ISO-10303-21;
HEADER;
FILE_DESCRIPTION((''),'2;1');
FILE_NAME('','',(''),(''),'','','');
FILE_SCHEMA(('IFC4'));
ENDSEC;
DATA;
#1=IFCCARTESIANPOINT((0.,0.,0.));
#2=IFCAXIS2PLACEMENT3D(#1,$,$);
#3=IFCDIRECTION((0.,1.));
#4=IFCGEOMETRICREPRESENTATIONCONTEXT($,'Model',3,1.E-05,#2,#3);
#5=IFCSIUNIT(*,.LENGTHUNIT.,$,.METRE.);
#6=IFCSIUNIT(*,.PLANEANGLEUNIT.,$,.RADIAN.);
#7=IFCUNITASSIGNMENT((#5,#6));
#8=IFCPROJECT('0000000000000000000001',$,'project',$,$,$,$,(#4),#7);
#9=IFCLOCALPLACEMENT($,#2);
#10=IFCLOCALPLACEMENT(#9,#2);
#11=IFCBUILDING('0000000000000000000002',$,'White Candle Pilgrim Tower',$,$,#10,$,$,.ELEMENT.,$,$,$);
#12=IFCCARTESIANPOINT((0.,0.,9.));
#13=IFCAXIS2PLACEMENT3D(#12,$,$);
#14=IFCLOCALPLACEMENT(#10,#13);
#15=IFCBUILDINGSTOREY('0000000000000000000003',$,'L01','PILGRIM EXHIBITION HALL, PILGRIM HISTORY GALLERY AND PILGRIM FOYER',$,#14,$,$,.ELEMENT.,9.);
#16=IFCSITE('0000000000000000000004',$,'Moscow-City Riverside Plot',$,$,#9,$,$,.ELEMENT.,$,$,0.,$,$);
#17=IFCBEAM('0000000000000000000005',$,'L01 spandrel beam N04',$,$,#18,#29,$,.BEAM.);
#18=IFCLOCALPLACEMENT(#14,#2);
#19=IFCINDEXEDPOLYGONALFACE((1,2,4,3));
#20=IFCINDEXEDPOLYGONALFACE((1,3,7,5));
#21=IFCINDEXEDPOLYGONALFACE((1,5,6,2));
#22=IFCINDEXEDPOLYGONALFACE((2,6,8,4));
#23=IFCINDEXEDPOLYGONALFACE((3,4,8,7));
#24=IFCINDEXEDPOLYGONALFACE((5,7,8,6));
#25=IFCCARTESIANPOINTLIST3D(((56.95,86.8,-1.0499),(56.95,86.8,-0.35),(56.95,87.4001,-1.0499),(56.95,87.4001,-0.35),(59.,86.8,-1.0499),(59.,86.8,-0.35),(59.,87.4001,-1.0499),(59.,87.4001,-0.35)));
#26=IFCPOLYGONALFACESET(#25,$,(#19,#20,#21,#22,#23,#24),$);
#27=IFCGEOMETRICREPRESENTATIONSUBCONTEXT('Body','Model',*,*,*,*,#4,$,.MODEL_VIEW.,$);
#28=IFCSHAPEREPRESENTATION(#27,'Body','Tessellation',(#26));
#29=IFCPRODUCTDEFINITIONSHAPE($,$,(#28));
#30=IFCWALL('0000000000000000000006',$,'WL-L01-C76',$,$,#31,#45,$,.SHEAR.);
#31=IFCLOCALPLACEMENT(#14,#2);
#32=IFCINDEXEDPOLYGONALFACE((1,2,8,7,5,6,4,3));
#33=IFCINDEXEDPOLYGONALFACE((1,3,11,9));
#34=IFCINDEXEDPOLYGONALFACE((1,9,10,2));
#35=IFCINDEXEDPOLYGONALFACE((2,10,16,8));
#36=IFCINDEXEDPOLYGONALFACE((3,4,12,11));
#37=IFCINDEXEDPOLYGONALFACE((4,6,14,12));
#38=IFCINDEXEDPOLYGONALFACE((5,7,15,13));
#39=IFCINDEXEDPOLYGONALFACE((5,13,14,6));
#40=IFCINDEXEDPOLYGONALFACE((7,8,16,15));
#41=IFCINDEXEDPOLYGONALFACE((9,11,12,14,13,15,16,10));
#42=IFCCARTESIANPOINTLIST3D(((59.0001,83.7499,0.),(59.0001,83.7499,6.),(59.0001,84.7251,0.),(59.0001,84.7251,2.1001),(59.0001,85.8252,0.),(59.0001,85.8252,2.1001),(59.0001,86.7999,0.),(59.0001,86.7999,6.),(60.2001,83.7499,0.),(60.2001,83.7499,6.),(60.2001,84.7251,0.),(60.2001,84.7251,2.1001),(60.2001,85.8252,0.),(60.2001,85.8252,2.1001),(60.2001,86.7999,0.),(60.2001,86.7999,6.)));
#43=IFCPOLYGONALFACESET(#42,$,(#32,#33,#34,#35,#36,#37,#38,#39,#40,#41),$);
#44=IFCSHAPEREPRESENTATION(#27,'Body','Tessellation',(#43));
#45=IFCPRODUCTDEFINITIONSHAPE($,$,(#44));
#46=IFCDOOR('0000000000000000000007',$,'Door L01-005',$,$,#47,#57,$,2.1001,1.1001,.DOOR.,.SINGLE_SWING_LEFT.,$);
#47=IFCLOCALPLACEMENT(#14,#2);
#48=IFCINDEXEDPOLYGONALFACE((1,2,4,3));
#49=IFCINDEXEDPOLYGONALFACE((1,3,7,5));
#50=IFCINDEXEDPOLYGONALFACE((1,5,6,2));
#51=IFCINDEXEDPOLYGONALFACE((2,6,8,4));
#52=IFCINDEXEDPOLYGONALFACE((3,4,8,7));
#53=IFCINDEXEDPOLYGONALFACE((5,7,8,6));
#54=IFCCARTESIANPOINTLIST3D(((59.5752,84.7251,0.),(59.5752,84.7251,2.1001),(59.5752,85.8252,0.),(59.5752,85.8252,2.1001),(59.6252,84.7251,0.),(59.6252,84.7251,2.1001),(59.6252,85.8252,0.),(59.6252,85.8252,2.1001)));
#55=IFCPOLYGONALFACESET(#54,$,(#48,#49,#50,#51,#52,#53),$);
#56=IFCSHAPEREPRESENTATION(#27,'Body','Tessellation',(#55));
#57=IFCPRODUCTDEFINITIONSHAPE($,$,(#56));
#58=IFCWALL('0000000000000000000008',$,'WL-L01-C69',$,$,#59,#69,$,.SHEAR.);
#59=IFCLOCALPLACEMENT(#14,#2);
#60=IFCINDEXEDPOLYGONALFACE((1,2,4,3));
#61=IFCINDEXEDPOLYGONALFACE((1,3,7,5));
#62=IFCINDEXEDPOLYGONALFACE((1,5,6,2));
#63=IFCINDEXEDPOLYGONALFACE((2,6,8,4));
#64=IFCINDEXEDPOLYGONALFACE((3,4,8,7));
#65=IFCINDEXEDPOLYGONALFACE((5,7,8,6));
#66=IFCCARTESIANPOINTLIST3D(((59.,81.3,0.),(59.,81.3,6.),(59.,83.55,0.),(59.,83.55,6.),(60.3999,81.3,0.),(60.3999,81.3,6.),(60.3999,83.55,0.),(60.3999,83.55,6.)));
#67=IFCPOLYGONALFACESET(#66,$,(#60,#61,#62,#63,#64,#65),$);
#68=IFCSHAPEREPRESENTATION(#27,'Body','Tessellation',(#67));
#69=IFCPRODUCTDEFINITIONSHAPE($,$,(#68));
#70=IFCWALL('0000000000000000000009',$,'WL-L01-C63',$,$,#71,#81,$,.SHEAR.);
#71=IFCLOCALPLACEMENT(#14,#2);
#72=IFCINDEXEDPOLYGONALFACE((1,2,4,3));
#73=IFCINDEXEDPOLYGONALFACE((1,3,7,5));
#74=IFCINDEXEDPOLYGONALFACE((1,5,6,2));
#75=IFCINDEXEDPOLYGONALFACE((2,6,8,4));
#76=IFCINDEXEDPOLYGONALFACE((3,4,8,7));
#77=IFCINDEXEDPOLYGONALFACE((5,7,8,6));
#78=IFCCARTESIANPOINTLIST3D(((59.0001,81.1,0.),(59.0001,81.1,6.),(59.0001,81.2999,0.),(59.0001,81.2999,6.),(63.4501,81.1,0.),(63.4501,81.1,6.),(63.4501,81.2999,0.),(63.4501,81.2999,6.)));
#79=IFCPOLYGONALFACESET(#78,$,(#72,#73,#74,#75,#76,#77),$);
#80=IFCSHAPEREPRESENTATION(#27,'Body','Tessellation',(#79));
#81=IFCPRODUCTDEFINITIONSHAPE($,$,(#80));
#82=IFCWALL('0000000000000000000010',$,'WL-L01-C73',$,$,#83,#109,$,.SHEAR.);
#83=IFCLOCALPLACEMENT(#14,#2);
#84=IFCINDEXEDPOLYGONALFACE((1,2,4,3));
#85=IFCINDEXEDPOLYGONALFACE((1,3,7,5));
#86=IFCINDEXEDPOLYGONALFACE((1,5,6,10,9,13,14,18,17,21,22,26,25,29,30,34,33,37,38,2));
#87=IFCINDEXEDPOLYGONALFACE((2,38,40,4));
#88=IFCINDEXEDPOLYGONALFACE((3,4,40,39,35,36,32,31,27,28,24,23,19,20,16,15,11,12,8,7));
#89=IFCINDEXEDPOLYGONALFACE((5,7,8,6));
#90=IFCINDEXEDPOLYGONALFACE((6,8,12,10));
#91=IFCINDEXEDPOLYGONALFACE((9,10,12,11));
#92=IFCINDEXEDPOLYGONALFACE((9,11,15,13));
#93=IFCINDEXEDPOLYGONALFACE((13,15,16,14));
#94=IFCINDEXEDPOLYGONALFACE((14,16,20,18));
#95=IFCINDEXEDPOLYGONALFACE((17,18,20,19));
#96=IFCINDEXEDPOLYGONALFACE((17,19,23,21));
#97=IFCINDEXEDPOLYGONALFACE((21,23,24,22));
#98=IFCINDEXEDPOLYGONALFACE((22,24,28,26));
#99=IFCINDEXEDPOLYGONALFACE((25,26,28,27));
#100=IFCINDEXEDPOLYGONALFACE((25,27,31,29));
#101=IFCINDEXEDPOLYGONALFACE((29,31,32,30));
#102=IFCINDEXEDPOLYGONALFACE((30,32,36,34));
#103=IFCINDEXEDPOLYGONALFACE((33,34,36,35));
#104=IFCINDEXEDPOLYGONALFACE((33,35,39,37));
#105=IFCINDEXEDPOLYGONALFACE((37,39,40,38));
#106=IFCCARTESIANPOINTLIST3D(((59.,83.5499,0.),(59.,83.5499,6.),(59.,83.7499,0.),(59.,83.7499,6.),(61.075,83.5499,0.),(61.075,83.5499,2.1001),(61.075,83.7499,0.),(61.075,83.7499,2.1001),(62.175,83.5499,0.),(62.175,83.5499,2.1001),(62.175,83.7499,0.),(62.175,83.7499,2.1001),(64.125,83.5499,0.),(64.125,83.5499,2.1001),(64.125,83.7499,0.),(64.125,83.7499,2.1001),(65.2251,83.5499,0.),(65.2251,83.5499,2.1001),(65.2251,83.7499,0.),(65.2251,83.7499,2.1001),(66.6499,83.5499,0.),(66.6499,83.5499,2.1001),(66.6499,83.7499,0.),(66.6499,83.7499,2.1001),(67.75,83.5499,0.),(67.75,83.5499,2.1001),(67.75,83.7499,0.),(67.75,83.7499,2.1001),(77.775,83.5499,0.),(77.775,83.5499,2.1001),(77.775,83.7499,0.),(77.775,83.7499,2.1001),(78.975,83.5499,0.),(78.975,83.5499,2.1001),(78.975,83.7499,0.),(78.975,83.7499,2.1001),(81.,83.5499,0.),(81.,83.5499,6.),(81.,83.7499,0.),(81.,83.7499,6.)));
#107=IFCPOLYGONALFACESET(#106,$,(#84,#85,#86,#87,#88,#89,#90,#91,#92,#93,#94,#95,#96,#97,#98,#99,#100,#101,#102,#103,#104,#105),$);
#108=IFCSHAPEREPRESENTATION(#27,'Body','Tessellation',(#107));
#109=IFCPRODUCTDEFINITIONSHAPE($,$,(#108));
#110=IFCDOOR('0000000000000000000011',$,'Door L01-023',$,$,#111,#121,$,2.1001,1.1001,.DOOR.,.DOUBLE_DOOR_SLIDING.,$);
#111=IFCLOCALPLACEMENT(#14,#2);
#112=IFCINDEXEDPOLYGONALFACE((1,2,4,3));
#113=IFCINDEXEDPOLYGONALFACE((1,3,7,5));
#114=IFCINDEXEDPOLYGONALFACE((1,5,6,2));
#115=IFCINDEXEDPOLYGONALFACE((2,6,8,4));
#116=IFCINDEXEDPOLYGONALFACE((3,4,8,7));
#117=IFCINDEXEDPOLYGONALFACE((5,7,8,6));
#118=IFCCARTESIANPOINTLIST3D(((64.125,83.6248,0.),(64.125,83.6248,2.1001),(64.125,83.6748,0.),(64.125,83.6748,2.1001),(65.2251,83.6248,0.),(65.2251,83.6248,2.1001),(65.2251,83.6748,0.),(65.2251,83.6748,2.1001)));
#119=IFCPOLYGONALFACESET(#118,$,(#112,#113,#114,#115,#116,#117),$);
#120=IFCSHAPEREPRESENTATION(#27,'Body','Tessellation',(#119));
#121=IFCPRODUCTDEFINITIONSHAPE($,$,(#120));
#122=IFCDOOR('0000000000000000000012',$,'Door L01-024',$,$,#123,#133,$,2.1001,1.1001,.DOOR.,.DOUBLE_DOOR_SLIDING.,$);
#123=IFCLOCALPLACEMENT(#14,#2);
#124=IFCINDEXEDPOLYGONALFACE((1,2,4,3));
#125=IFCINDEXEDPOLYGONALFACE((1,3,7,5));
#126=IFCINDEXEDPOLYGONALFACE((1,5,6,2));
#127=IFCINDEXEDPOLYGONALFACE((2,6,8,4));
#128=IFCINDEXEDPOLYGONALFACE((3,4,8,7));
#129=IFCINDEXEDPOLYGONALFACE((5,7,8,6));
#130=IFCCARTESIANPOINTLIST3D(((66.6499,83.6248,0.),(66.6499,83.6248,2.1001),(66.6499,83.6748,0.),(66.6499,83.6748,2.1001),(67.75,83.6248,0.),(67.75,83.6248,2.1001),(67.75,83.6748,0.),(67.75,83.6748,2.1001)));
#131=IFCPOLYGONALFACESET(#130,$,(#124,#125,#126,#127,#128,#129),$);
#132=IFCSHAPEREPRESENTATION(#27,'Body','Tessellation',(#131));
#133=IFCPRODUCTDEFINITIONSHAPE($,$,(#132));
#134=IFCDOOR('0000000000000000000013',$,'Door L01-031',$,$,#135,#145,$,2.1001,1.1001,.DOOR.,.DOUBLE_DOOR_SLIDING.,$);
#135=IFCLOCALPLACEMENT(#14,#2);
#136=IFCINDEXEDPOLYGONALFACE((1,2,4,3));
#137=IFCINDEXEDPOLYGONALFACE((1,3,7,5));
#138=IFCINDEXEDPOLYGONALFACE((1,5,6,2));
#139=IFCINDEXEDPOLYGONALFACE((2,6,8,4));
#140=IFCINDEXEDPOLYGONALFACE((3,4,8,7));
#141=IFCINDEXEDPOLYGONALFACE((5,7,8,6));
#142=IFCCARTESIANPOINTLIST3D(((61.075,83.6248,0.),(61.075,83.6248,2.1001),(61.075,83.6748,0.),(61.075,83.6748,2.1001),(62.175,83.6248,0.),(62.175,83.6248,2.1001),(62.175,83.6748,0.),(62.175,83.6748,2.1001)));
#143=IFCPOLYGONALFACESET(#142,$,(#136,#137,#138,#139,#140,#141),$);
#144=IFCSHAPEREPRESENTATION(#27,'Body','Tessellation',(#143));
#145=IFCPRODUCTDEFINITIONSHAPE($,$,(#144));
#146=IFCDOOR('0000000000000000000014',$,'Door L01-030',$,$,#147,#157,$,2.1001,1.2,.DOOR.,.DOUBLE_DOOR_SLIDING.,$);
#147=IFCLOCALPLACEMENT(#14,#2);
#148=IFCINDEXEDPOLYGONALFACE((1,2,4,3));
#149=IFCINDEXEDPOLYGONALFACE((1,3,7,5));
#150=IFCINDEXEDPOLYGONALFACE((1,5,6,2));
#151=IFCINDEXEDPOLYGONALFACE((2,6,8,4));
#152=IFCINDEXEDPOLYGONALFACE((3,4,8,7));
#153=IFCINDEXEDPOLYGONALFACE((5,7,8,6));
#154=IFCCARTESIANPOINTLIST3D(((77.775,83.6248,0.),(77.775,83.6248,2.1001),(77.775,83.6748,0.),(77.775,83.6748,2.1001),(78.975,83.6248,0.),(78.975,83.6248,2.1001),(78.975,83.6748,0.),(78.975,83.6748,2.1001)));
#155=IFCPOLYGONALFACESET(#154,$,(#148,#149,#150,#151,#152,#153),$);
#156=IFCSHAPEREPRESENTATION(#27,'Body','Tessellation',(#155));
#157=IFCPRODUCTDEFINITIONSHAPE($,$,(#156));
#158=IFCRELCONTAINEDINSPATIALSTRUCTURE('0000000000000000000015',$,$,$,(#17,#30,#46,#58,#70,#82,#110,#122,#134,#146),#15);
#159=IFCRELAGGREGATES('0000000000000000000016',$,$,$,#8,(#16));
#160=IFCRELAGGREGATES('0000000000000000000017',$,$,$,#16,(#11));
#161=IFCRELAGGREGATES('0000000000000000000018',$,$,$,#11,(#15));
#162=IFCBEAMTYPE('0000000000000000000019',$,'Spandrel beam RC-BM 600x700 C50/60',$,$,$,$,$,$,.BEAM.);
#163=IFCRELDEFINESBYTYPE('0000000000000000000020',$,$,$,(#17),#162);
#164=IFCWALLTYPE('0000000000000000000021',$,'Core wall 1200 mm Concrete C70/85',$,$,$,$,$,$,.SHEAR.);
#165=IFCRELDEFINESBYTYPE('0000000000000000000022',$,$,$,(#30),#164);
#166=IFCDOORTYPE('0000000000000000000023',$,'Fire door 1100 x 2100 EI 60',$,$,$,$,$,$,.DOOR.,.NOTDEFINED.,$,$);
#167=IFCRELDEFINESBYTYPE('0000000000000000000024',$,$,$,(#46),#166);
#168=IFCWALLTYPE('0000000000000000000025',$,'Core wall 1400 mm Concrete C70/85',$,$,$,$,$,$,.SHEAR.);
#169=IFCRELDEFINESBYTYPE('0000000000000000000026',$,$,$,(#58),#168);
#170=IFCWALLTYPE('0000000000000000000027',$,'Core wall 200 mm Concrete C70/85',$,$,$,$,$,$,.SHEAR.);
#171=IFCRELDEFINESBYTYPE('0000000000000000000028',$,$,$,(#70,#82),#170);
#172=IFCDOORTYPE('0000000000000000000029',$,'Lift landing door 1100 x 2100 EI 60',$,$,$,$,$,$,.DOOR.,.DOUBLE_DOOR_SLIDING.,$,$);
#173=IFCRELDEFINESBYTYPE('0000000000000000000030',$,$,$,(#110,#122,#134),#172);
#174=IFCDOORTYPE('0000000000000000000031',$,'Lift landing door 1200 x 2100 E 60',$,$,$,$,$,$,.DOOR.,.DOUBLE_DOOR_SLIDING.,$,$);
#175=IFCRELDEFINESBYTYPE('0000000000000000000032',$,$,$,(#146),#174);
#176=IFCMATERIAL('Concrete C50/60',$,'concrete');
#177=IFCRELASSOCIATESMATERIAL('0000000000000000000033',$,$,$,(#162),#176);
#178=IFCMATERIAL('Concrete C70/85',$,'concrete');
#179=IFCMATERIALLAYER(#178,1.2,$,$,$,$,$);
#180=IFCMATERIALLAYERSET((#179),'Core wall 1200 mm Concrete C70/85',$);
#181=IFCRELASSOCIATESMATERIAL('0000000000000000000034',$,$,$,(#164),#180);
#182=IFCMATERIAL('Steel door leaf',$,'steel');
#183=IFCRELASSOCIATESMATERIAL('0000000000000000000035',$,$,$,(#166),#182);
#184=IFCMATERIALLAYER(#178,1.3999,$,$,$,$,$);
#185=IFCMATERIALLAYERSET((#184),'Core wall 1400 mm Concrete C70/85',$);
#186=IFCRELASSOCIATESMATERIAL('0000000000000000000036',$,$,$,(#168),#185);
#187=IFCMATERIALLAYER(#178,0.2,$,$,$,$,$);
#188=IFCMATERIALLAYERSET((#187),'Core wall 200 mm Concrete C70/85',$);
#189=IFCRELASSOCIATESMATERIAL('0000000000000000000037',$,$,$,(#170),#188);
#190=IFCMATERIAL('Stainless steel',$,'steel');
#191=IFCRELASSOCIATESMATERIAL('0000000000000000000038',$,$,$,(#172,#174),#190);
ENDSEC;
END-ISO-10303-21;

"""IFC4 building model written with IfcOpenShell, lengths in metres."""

from ifc_helpers import new_model, si_unit, direction, frame, frame_2d, origin, origin_2d, place, context, subcontext, project, spatial, rectangle, extrude, material, layer, layer_set, material_profile, profile_set, type_object, element, fill, save


model = new_model("IFC4")

# Units and contexts
model_context = context("Model", 3, precision=1e-05, world=origin(), true_north=direction((0.0, 1.0)))
body_context = subcontext(model_context, "Body", "Model", "MODEL_VIEW")
ifc_project = project(units=[si_unit("LENGTHUNIT", "METRE"), si_unit("PLANEANGLEUNIT", "RADIAN")], contexts=[model_context])

# Site, building, storey
site_placement = place(None, origin())
site = spatial("IfcSite", under=ifc_project, at=site_placement, Name="Moscow-City Riverside Plot", CompositionType="ELEMENT", RefElevation=0.0)
building_placement = place(site_placement, origin())
building = spatial("IfcBuilding", under=site, at=building_placement, Name="White Candle Pilgrim Tower", CompositionType="ELEMENT")
storey_placement = place(building_placement, frame((0.0, 0.0, 9.0)))
storey = spatial("IfcBuildingStorey", under=building, at=storey_placement, Name="L01", Description="PILGRIM EXHIBITION HALL, PILGRIM HISTORY GALLERY AND PILGRIM FOYER", CompositionType="ELEMENT", Elevation=9.0)

# Beam
ifc_material_1 = material(Name="Concrete C50/60", Category="concrete")
ifc_material_profile = material_profile(ifc_material_1, rectangle(XDim=0.6001, YDim=0.7, at=origin_2d()), Name="RC-BM 600x700")
ifc_profile_set = profile_set([ifc_material_profile], Name="Concrete C50/60")
beam_type = type_object("IfcBeamType", Name="Spandrel beam RC-BM 600x700 C50/60", PredefinedType="BEAM", material=ifc_profile_set)
beam_placement = place(storey_placement, frame((56.95, 87.1001, -0.7), z_axis=(1.0, 0.0, 0.0), x_axis=(0.0, 1.0, 0.0)))
element("IfcBeam", 1, at=beam_placement, inside=storey, type_object=beam_type, Name="L01 spandrel beam N04", PredefinedType="BEAM", context=body_context, shape_type="SweptSolid", body=[
    extrude(rectangle(XDim=0.6001, YDim=0.7, at=origin_2d()), origin(), (0.0, 0.0, 1.0), 2.05),
])

# Wall, opening, door
ifc_material_2 = material(Name="Concrete C70/85", Category="concrete")
ifc_layer_1 = layer(ifc_material_2, 1.2)
ifc_layer_set_1 = layer_set([ifc_layer_1], Name="Core wall 1200 mm Concrete C70/85")
wall_type_1 = type_object("IfcWallType", Name="Core wall 1200 mm Concrete C70/85", PredefinedType="SHEAR", material=ifc_layer_set_1)
wall_1_placement = place(storey_placement, frame((59.6001, 83.75, 0.0), z_axis=(0.0, 0.0, 1.0), x_axis=(0.0, 1.0, 0.0)))
wall_1 = element("IfcWall", 2, at=wall_1_placement, inside=storey, type_object=wall_type_1, Name="WL-L01-C76", PredefinedType="SHEAR", context=body_context, shape_type="SweptSolid", body=[
    extrude(rectangle(XDim=3.05, YDim=1.2, at=frame_2d((1.5249, 0.0))), origin(), (0.0, 0.0, 1.0), 6.0),
])
opening_1_placement = place(wall_1_placement, frame((0.9751, 0.0, 0.0)))
opening_1 = element("IfcOpeningElement", 3, at=opening_1_placement, cuts=wall_1, PredefinedType="OPENING", context=body_context, shape_type="SweptSolid", body=[
    extrude(rectangle(XDim=1.1001, YDim=2.1001, at=frame_2d((0.55, 1.05))), frame((0.0, 0.6099, 0.0), z_axis=(0.0, -1.0, 0.0), x_axis=(1.0, 0.0, 0.0)), (0.0, 0.0, 1.0), 1.22),
])
ifc_material_3 = material(Name="Steel door leaf", Category="steel")
door_type_1 = type_object("IfcDoorType", Name="Fire door 1100 x 2100 EI 60", OperationType="NOTDEFINED", PredefinedType="DOOR", material=ifc_material_3)
door_1_placement = place(opening_1_placement, origin())
door_1 = element("IfcDoor", 4, at=door_1_placement, inside=storey, type_object=door_type_1, Name="Door L01-005", OperationType="SINGLE_SWING_LEFT", OverallHeight=2.1001, OverallWidth=1.1001, PredefinedType="DOOR", context=body_context, shape_type="SweptSolid", body=[
    extrude(rectangle(XDim=1.1001, YDim=2.1001, at=frame_2d((0.55, 1.05))), frame((0.0, 0.0249, 0.0), z_axis=(0.0, -1.0, 0.0), x_axis=(1.0, 0.0, 0.0)), (0.0, 0.0, 1.0), 0.05),
])
fill(opening_1, door_1)

# Walls
ifc_layer_2 = layer(ifc_material_2, 1.3999)
ifc_layer_set_2 = layer_set([ifc_layer_2], Name="Core wall 1400 mm Concrete C70/85")
wall_type_2 = type_object("IfcWallType", Name="Core wall 1400 mm Concrete C70/85", PredefinedType="SHEAR", material=ifc_layer_set_2)
wall_2_placement = place(storey_placement, frame((59.7, 81.3, 0.0), z_axis=(0.0, 0.0, 1.0), x_axis=(0.0, 1.0, 0.0)))
element("IfcWall", 5, at=wall_2_placement, inside=storey, type_object=wall_type_2, Name="WL-L01-C69", PredefinedType="SHEAR", context=body_context, shape_type="SweptSolid", body=[
    extrude(rectangle(XDim=2.25, YDim=1.3999, at=frame_2d((1.125, 0.0))), origin(), (0.0, 0.0, 1.0), 6.0),
])
ifc_layer_3 = layer(ifc_material_2, 0.2)
ifc_layer_set_3 = layer_set([ifc_layer_3], Name="Core wall 200 mm Concrete C70/85")
wall_type_3 = type_object("IfcWallType", Name="Core wall 200 mm Concrete C70/85", PredefinedType="SHEAR", material=ifc_layer_set_3)
wall_3_placement = place(storey_placement, frame((59.0, 81.2, 0.0), z_axis=(0.0, 0.0, 1.0), x_axis=(1.0, 0.0, 0.0)))
element("IfcWall", 6, at=wall_3_placement, inside=storey, type_object=wall_type_3, Name="WL-L01-C63", PredefinedType="SHEAR", context=body_context, shape_type="SweptSolid", body=[
    extrude(rectangle(XDim=4.45, YDim=0.2, at=frame_2d((2.2251, 0.0))), origin(), (0.0, 0.0, 1.0), 6.0),
])

# Wall, openings, doors
wall_4_placement = place(storey_placement, frame((59.0, 83.6499, 0.0), z_axis=(0.0, 0.0, 1.0), x_axis=(1.0, 0.0, 0.0)))
wall_4 = element("IfcWall", 7, at=wall_4_placement, inside=storey, type_object=wall_type_3, Name="WL-L01-C73", PredefinedType="SHEAR", context=body_context, shape_type="SweptSolid", body=[
    extrude(rectangle(XDim=22.0, YDim=0.2, at=frame_2d((11.0, 0.0))), origin(), (0.0, 0.0, 1.0), 6.0),
])
opening_2_placement = place(wall_4_placement, frame((5.125, 0.0, 0.0)))
opening_2 = element("IfcOpeningElement", 8, at=opening_2_placement, cuts=wall_4, PredefinedType="OPENING", context=body_context, shape_type="SweptSolid", body=[
    extrude(rectangle(XDim=1.1001, YDim=2.1001, at=frame_2d((0.55, 1.05))), frame((0.0, 0.1099, 0.0), z_axis=(0.0, -1.0, 0.0), x_axis=(1.0, 0.0, 0.0)), (0.0, 0.0, 1.0), 0.22),
])
opening_3_placement = place(wall_4_placement, frame((7.6499, 0.0, 0.0)))
opening_3 = element("IfcOpeningElement", 9, at=opening_3_placement, cuts=wall_4, PredefinedType="OPENING", context=body_context, shape_type="SweptSolid", body=[
    extrude(rectangle(XDim=1.1001, YDim=2.1001, at=frame_2d((0.55, 1.05))), frame((0.0, 0.1099, 0.0), z_axis=(0.0, -1.0, 0.0), x_axis=(1.0, 0.0, 0.0)), (0.0, 0.0, 1.0), 0.22),
])
opening_4_placement = place(wall_4_placement, frame((18.7749, 0.0, 0.0)))
opening_4 = element("IfcOpeningElement", 10, at=opening_4_placement, cuts=wall_4, PredefinedType="OPENING", context=body_context, shape_type="SweptSolid", body=[
    extrude(rectangle(XDim=1.2, YDim=2.1001, at=frame_2d((0.6001, 1.05))), frame((0.0, 0.1099, 0.0), z_axis=(0.0, -1.0, 0.0), x_axis=(1.0, 0.0, 0.0)), (0.0, 0.0, 1.0), 0.22),
])
opening_5_placement = place(wall_4_placement, frame((2.075, 0.0, 0.0)))
opening_5 = element("IfcOpeningElement", 11, at=opening_5_placement, cuts=wall_4, PredefinedType="OPENING", context=body_context, shape_type="SweptSolid", body=[
    extrude(rectangle(XDim=1.1001, YDim=2.1001, at=frame_2d((0.55, 1.05))), frame((0.0, 0.1099, 0.0), z_axis=(0.0, -1.0, 0.0), x_axis=(1.0, 0.0, 0.0)), (0.0, 0.0, 1.0), 0.22),
])
ifc_material_4 = material(Name="Stainless steel", Category="steel")
door_type_2 = type_object("IfcDoorType", Name="Lift landing door 1100 x 2100 EI 60", OperationType="DOUBLE_DOOR_SLIDING", PredefinedType="DOOR", material=ifc_material_4)
door_2_placement = place(opening_2_placement, origin())
door_2 = element("IfcDoor", 12, at=door_2_placement, inside=storey, type_object=door_type_2, Name="Door L01-023", OperationType="DOUBLE_DOOR_SLIDING", OverallHeight=2.1001, OverallWidth=1.1001, PredefinedType="DOOR", context=body_context, shape_type="SweptSolid", body=[
    extrude(rectangle(XDim=1.1001, YDim=2.1001, at=frame_2d((0.55, 1.05))), frame((0.0, 0.0249, 0.0), z_axis=(0.0, -1.0, 0.0), x_axis=(1.0, 0.0, 0.0)), (0.0, 0.0, 1.0), 0.05),
])
fill(opening_2, door_2)
door_3_placement = place(opening_3_placement, origin())
door_3 = element("IfcDoor", 13, at=door_3_placement, inside=storey, type_object=door_type_2, Name="Door L01-024", OperationType="DOUBLE_DOOR_SLIDING", OverallHeight=2.1001, OverallWidth=1.1001, PredefinedType="DOOR", context=body_context, shape_type="SweptSolid", body=[
    extrude(rectangle(XDim=1.1001, YDim=2.1001, at=frame_2d((0.55, 1.05))), frame((0.0, 0.0249, 0.0), z_axis=(0.0, -1.0, 0.0), x_axis=(1.0, 0.0, 0.0)), (0.0, 0.0, 1.0), 0.05),
])
fill(opening_3, door_3)
door_4_placement = place(opening_5_placement, origin())
door_4 = element("IfcDoor", 14, at=door_4_placement, inside=storey, type_object=door_type_2, Name="Door L01-031", OperationType="DOUBLE_DOOR_SLIDING", OverallHeight=2.1001, OverallWidth=1.1001, PredefinedType="DOOR", context=body_context, shape_type="SweptSolid", body=[
    extrude(rectangle(XDim=1.1001, YDim=2.1001, at=frame_2d((0.55, 1.05))), frame((0.0, 0.0249, 0.0), z_axis=(0.0, -1.0, 0.0), x_axis=(1.0, 0.0, 0.0)), (0.0, 0.0, 1.0), 0.05),
])
fill(opening_5, door_4)
door_type_3 = type_object("IfcDoorType", Name="Lift landing door 1200 x 2100 E 60", OperationType="DOUBLE_DOOR_SLIDING", PredefinedType="DOOR", material=ifc_material_4)
door_5_placement = place(opening_4_placement, origin())
door_5 = element("IfcDoor", 15, at=door_5_placement, inside=storey, type_object=door_type_3, Name="Door L01-030", OperationType="DOUBLE_DOOR_SLIDING", OverallHeight=2.1001, OverallWidth=1.2, PredefinedType="DOOR", context=body_context, shape_type="SweptSolid", body=[
    extrude(rectangle(XDim=1.2, YDim=2.1001, at=frame_2d((0.6001, 1.05))), frame((0.0, 0.0249, 0.0), z_axis=(0.0, -1.0, 0.0), x_axis=(1.0, 0.0, 0.0)), (0.0, 0.0, 1.0), 0.05),
])
fill(opening_4, door_5)

save(model, "model.ifc")
